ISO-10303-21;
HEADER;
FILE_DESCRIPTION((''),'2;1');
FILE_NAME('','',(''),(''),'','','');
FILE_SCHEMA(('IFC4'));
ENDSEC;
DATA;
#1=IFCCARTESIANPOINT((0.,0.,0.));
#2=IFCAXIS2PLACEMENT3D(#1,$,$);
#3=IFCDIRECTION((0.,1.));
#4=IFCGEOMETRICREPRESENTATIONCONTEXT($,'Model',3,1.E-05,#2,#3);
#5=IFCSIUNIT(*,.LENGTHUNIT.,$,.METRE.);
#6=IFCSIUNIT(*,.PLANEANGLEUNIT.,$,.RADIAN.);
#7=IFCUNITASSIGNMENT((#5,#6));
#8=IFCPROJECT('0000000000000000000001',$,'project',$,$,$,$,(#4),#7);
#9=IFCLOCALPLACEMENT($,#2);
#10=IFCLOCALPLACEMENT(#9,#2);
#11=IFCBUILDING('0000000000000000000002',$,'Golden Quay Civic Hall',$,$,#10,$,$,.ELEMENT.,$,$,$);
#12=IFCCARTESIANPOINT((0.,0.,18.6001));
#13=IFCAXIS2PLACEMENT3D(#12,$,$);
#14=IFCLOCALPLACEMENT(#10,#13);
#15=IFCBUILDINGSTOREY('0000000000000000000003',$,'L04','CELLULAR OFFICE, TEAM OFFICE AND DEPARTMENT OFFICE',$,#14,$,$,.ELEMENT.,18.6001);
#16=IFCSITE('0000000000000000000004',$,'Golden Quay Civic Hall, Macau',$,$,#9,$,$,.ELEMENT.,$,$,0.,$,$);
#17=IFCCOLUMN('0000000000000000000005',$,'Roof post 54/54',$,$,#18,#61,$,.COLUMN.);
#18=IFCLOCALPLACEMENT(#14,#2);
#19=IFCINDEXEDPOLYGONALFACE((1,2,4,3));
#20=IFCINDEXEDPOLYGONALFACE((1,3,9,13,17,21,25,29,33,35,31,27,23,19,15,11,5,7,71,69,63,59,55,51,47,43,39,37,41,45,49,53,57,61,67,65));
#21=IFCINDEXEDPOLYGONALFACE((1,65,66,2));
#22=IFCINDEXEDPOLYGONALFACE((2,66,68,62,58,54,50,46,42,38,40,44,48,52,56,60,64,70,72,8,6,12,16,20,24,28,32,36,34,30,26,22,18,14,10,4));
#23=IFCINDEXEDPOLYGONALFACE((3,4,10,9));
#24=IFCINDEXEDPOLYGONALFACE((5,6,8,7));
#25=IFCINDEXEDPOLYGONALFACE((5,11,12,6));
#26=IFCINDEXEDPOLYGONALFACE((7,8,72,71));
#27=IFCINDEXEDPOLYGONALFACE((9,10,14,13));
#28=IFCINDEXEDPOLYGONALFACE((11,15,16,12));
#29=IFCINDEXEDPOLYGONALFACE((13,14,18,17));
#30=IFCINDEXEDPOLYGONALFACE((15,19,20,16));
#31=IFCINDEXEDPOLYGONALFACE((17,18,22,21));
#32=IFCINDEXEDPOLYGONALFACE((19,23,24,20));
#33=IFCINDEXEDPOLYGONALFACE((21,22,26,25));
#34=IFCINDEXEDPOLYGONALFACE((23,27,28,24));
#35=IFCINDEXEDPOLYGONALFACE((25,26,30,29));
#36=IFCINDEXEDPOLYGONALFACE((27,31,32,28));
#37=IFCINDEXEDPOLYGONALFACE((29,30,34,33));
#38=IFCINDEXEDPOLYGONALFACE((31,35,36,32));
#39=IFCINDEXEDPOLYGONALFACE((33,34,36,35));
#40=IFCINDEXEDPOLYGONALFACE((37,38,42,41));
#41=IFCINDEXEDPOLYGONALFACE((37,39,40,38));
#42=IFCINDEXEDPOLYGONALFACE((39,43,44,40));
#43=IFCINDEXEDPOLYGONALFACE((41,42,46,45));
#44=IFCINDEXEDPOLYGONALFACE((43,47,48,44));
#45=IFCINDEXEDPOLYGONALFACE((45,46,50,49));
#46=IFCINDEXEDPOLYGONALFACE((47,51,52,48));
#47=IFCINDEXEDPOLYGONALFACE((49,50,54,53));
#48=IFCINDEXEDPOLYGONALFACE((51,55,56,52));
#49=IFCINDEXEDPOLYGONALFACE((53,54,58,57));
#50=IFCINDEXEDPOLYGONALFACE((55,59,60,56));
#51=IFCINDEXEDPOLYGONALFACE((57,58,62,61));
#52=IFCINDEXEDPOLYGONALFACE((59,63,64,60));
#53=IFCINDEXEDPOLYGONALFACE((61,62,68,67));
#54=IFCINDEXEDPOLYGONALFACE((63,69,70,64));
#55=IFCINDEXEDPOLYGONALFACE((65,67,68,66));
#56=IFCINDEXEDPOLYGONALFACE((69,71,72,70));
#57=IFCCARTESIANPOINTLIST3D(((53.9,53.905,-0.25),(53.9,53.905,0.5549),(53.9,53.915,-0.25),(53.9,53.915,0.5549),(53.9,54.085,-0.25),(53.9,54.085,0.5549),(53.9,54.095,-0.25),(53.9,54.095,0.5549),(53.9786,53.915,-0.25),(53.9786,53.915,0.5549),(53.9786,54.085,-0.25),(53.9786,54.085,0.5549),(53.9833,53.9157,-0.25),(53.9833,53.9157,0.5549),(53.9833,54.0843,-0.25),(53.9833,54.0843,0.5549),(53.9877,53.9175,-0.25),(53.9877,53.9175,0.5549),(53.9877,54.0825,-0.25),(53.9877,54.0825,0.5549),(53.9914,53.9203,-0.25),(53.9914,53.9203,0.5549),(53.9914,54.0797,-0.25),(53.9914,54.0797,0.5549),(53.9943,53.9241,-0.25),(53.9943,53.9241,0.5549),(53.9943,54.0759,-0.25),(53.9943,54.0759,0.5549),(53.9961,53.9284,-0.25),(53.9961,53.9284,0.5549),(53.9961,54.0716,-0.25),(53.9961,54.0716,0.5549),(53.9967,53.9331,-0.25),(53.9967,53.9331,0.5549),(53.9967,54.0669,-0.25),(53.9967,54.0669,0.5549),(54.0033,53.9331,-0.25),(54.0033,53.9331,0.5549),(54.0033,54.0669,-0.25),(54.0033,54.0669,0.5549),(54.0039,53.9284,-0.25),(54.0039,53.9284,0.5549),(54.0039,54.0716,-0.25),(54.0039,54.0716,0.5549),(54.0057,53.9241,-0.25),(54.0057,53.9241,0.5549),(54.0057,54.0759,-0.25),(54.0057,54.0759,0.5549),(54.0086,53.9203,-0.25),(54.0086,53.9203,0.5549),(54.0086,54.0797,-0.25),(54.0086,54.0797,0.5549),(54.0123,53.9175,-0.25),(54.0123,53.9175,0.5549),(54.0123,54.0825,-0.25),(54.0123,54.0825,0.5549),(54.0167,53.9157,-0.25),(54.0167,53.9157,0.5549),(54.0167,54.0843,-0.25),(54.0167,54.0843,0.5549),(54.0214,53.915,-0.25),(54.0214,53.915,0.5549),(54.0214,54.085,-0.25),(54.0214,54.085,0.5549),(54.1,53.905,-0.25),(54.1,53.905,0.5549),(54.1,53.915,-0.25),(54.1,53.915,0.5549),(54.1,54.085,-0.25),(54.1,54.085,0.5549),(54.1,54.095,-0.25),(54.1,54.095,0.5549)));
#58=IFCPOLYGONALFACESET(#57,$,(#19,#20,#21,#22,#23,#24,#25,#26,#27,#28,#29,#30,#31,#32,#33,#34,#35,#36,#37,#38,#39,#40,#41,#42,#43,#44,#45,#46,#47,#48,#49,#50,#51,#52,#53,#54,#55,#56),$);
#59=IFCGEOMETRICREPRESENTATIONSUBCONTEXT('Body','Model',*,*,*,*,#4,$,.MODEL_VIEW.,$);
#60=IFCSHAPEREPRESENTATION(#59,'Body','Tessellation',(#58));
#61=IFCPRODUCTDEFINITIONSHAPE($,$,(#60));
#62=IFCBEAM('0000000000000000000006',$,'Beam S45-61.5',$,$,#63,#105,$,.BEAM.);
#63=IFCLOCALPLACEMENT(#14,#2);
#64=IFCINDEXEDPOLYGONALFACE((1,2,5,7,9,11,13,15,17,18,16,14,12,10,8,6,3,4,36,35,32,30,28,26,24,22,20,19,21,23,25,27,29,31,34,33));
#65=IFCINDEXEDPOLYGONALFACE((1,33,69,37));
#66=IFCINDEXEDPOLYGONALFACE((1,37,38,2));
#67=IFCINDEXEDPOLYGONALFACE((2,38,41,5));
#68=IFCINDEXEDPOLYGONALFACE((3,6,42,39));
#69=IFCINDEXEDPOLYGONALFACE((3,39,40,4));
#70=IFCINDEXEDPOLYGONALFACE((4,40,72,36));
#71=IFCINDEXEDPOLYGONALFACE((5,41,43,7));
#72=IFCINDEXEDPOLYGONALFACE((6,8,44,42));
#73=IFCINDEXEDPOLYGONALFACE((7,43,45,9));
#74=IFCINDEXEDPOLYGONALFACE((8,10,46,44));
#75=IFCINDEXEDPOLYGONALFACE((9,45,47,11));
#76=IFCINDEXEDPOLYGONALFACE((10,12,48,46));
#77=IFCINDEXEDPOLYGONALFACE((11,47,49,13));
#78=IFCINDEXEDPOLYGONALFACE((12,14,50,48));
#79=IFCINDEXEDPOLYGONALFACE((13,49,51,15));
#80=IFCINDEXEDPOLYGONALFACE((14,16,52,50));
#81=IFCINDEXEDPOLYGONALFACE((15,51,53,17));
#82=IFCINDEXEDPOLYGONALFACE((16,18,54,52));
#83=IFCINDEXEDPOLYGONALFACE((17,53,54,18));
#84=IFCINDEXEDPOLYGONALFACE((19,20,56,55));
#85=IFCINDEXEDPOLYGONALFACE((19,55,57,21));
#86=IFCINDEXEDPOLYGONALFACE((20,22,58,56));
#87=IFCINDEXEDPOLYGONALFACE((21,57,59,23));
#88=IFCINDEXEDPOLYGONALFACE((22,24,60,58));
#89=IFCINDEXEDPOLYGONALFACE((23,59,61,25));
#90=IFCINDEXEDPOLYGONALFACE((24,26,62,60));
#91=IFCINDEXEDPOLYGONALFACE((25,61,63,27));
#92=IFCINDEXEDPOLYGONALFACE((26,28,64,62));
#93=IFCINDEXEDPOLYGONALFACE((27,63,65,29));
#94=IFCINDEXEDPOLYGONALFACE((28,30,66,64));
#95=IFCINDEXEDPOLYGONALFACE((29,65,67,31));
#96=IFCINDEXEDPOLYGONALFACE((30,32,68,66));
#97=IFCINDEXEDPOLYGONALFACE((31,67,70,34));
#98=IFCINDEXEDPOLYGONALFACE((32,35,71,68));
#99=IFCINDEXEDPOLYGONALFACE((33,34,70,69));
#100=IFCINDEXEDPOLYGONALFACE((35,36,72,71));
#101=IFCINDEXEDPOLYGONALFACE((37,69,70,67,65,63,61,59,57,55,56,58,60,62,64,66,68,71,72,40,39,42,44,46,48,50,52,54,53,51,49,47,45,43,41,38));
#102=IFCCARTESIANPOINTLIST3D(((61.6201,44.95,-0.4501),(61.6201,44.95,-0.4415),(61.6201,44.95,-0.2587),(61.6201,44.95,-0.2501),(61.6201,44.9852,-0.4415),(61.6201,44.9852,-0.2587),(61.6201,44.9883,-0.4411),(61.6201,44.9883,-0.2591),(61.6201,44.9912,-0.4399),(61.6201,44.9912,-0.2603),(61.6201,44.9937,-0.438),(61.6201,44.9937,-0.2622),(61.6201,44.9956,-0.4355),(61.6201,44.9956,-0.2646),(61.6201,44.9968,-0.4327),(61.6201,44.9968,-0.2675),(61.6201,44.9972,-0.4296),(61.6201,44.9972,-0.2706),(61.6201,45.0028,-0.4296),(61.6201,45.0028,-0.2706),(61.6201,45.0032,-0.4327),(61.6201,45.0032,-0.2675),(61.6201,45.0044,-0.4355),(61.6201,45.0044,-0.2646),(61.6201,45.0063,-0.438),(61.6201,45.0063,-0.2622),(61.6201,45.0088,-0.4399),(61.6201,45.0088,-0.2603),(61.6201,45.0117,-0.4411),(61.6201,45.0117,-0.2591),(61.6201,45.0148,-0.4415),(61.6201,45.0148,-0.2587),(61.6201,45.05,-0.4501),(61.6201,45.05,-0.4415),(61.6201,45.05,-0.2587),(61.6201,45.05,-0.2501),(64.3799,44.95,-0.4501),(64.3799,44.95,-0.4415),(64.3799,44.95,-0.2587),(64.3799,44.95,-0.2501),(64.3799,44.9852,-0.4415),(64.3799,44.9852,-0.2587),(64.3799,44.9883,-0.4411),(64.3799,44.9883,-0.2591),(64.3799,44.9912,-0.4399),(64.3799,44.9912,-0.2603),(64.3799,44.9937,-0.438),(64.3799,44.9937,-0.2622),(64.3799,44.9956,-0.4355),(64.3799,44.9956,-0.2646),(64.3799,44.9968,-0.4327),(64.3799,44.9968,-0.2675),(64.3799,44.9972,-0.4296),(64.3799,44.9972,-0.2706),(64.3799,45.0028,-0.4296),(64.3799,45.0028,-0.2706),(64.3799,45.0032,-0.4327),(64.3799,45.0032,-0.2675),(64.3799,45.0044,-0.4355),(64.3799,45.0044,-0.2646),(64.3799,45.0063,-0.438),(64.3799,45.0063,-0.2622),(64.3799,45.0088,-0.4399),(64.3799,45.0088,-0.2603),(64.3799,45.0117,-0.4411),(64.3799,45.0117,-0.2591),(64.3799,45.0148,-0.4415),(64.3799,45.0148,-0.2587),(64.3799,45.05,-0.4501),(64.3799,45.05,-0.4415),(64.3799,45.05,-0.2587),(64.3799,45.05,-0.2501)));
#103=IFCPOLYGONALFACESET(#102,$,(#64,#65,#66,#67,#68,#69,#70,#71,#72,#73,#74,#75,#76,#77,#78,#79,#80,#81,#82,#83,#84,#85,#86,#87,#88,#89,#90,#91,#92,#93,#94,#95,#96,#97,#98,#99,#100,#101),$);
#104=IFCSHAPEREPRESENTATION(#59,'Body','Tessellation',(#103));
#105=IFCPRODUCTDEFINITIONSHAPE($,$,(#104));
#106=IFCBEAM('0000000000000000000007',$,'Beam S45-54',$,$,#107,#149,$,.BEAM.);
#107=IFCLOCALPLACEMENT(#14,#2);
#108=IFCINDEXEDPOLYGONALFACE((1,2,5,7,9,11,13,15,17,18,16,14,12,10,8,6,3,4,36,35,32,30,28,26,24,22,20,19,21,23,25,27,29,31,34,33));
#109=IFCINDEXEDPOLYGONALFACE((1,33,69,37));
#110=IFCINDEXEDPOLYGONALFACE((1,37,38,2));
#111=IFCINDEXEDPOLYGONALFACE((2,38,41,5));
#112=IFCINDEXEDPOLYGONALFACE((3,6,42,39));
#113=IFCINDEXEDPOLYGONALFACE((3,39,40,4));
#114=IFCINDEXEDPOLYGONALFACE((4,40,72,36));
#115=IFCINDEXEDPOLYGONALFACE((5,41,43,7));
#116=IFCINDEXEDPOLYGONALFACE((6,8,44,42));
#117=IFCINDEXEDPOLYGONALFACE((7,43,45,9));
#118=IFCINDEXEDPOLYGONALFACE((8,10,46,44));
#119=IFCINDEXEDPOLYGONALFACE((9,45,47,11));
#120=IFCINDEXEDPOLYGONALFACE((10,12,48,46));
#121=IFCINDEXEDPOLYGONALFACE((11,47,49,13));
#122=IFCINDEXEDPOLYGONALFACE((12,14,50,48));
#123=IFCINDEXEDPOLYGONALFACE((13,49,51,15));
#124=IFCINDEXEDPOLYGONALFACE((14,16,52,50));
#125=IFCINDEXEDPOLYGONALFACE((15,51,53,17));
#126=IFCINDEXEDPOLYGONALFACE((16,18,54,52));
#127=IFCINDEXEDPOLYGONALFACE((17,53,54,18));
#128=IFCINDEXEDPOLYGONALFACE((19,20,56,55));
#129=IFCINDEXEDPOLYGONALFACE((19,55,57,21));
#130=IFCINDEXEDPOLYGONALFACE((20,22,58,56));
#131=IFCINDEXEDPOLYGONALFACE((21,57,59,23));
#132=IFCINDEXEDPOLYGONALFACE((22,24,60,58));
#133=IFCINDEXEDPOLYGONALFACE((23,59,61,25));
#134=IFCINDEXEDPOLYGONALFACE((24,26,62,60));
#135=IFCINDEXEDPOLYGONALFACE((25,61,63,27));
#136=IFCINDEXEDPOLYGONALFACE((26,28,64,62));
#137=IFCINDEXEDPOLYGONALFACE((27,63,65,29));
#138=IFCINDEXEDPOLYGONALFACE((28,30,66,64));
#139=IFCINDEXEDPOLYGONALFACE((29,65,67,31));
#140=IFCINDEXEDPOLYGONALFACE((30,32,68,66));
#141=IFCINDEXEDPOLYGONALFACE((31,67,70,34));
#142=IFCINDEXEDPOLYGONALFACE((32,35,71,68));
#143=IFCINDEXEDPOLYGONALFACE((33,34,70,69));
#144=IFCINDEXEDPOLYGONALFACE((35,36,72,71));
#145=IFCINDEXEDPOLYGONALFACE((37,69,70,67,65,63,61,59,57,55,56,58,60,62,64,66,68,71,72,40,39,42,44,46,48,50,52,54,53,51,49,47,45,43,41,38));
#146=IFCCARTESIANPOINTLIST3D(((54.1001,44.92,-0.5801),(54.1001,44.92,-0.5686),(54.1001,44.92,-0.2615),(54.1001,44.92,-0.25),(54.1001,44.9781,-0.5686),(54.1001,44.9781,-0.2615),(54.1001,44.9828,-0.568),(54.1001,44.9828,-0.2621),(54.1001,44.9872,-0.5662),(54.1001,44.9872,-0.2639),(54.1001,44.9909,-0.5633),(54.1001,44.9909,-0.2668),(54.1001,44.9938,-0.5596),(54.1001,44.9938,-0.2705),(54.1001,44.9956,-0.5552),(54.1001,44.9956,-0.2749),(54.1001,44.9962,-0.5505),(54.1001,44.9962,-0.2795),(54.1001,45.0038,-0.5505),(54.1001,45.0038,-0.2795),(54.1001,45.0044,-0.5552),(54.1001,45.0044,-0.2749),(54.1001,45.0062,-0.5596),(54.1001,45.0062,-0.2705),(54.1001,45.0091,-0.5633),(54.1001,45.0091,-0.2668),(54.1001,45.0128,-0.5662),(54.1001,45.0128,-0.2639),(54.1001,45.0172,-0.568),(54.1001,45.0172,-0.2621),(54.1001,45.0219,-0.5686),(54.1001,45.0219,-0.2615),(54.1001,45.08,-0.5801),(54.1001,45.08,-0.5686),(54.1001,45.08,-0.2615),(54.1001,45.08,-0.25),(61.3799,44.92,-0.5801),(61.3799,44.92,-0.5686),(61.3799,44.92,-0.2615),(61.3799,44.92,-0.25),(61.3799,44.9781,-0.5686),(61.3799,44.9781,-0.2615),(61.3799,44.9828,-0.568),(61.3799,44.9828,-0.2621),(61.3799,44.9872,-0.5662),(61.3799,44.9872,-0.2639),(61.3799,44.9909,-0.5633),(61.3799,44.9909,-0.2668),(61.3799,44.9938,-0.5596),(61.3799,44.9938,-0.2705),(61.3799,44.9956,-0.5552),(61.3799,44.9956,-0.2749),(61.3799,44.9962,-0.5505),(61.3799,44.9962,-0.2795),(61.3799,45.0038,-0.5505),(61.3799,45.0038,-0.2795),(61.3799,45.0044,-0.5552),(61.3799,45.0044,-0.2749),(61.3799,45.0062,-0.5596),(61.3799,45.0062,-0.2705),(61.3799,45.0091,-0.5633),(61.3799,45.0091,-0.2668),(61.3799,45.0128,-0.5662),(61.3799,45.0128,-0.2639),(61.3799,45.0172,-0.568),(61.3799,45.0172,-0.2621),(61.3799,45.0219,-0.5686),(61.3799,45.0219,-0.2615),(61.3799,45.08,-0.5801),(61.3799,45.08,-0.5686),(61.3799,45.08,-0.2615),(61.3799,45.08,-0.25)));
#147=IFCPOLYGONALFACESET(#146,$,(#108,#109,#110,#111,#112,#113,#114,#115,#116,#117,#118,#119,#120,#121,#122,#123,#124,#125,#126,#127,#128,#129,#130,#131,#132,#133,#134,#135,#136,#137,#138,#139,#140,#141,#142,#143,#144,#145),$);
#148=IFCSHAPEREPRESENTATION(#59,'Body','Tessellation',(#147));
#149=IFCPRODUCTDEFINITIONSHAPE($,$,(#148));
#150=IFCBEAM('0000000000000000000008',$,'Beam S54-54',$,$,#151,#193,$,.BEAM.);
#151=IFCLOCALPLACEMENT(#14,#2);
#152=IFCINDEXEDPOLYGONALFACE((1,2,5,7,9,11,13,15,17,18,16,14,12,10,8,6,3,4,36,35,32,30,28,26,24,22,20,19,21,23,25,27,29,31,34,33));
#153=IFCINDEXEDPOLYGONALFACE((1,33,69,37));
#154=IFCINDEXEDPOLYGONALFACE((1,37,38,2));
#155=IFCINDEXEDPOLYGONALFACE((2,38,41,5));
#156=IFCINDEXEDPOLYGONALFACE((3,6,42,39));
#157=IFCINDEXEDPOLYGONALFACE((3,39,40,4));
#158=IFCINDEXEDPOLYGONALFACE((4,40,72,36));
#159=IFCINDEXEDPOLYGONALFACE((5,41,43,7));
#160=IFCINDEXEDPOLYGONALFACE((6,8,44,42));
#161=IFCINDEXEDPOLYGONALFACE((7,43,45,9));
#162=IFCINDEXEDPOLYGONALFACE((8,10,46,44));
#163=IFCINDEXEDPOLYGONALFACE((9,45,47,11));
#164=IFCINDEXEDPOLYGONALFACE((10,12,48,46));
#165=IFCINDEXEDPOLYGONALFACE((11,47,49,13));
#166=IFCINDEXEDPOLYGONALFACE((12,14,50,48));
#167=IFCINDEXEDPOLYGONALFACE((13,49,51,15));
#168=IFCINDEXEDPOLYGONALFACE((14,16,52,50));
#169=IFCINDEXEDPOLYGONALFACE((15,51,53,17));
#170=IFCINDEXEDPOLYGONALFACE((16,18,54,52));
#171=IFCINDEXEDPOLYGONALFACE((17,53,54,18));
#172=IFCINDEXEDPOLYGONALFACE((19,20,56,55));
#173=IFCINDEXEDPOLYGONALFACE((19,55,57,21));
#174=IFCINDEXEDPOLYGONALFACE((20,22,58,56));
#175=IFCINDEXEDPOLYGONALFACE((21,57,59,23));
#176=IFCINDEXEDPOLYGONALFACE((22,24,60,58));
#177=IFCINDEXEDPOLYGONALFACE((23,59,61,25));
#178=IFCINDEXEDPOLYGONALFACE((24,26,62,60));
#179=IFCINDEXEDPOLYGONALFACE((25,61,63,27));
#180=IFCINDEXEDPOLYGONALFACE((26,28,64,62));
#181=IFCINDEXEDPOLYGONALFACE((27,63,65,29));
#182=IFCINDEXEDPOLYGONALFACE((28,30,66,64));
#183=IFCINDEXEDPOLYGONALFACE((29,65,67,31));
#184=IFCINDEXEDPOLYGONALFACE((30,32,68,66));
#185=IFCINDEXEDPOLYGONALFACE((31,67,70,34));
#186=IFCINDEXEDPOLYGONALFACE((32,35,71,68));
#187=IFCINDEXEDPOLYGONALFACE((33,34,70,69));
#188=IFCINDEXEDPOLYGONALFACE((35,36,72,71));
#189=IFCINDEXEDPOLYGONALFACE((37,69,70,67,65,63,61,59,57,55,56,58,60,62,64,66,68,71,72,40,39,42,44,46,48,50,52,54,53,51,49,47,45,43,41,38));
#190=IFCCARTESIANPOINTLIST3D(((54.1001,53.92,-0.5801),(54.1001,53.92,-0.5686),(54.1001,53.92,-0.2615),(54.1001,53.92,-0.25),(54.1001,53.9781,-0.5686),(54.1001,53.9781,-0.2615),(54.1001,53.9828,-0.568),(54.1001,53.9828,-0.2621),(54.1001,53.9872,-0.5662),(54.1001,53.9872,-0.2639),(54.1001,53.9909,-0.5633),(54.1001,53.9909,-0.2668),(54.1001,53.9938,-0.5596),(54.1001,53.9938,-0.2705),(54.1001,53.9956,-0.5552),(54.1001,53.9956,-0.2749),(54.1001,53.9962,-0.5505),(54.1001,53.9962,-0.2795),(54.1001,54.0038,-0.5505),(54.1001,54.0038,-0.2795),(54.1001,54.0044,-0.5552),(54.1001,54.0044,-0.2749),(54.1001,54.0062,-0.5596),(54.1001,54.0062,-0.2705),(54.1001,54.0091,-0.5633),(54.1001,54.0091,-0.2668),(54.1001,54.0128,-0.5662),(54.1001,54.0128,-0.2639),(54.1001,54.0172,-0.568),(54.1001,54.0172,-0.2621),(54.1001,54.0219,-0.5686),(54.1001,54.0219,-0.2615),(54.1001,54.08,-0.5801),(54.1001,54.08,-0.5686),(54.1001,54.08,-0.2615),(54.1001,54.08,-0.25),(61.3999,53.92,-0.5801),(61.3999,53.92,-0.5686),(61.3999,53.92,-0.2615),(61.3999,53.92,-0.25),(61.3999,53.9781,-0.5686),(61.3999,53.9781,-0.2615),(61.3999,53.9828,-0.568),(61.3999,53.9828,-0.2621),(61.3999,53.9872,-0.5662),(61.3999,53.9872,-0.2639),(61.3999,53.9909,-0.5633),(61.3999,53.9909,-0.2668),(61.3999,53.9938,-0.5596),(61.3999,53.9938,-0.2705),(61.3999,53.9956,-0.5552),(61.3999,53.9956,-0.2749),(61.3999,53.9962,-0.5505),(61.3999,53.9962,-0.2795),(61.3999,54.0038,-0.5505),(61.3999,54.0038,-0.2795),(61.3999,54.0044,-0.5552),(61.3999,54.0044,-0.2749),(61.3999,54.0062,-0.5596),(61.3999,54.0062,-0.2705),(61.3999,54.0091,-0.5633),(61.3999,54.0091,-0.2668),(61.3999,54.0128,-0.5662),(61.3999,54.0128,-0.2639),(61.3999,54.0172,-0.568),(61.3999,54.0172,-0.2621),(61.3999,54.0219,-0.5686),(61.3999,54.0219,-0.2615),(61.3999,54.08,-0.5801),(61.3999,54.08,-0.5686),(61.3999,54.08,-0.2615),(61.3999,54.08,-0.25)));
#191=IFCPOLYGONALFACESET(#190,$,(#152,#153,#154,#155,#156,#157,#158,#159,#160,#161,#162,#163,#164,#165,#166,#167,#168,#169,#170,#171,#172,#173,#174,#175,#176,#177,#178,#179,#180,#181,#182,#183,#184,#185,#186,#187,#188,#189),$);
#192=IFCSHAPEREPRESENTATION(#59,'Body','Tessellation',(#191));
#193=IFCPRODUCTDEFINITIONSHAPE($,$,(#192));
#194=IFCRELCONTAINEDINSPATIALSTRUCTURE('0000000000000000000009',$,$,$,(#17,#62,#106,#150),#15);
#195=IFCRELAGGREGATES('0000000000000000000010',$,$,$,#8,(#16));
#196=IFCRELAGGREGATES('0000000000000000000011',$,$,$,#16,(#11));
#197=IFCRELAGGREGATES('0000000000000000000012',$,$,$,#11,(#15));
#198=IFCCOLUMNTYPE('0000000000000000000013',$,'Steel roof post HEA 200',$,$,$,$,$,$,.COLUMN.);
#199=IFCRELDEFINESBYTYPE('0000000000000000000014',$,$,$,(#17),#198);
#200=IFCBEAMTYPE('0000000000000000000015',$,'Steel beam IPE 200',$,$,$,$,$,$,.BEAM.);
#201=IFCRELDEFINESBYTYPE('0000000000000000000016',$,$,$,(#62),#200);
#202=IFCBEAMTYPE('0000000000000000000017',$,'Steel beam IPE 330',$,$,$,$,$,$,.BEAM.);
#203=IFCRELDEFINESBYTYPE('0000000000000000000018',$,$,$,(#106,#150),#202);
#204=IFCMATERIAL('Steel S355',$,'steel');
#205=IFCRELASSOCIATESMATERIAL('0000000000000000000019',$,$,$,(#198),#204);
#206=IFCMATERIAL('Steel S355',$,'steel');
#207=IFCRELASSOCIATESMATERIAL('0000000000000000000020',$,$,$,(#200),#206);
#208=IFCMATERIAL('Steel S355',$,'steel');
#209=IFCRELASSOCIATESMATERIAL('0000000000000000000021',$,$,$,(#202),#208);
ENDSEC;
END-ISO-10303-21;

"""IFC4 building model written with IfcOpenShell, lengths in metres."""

from ifc_helpers import new_model, si_unit, direction, frame, origin, origin_2d, place, context, subcontext, project, spatial, i_section, extrude, material, material_profile, profile_set, type_object, element, save


model = new_model("IFC4")

# Units and contexts
model_context = context("Model", 3, precision=1e-05, world=origin(), true_north=direction((0.0, 1.0)))
body_context = subcontext(model_context, "Body", "Model", "MODEL_VIEW")
ifc_project = project(units=[si_unit("LENGTHUNIT", "METRE"), si_unit("PLANEANGLEUNIT", "RADIAN")], contexts=[model_context])

# Site, building, storey
site_placement = place(None, origin())
site = spatial("IfcSite", under=ifc_project, at=site_placement, Name="Golden Quay Civic Hall, Macau", CompositionType="ELEMENT", RefElevation=0.0)
building_placement = place(site_placement, origin())
building = spatial("IfcBuilding", under=site, at=building_placement, Name="Golden Quay Civic Hall", CompositionType="ELEMENT")
storey_placement = place(building_placement, frame((0.0, 0.0, 18.6001)))
storey = spatial("IfcBuildingStorey", under=building, at=storey_placement, Name="L04", Description="CELLULAR OFFICE, TEAM OFFICE AND DEPARTMENT OFFICE", CompositionType="ELEMENT", Elevation=18.6001)

# Column
ifc_material_1 = material(Name="Steel S355", Category="steel")
ifc_material_profile_1 = material_profile(ifc_material_1, i_section(OverallWidth=0.2, OverallDepth=0.1899, WebThickness=0.0066, FlangeThickness=0.01, FilletRadius=0.0181, at=origin_2d()), Name="HEA 200")
ifc_profile_set_1 = profile_set([ifc_material_profile_1], Name="Steel S355")
column_type = type_object("IfcColumnType", Name="Steel roof post HEA 200", PredefinedType="COLUMN", material=ifc_profile_set_1)
column_placement = place(storey_placement, frame((54.0, 54.0, -0.25), z_axis=(0.0, 0.0, 1.0), x_axis=(1.0, 0.0, 0.0)))
element("IfcColumn", 1, at=column_placement, inside=storey, type_object=column_type, Name="Roof post 54/54", PredefinedType="COLUMN", context=body_context, shape_type="SweptSolid", body=[
    extrude(i_section(OverallWidth=0.2, OverallDepth=0.1899, WebThickness=0.0066, FlangeThickness=0.01, FilletRadius=0.0181, at=origin_2d()), origin(), (0.0, 0.0, 1.0), 0.8049),
])

# Beams
ifc_material_2 = material(Name="Steel S355", Category="steel")
ifc_material_profile_2 = material_profile(ifc_material_2, i_section(OverallWidth=0.1001, OverallDepth=0.2, WebThickness=0.0056, FlangeThickness=0.0085, FilletRadius=0.012, at=origin_2d()), Name="IPE 200")
ifc_profile_set_2 = profile_set([ifc_material_profile_2], Name="Steel S355")
beam_type_1 = type_object("IfcBeamType", Name="Steel beam IPE 200", PredefinedType="BEAM", material=ifc_profile_set_2)
beam_1_placement = place(storey_placement, frame((61.6201, 45.0, -0.3501), z_axis=(1.0, 0.0, 0.0), x_axis=(0.0, 1.0, 0.0)))
element("IfcBeam", 2, at=beam_1_placement, inside=storey, type_object=beam_type_1, Name="Beam S45-61.5", PredefinedType="BEAM", context=body_context, shape_type="SweptSolid", body=[
    extrude(i_section(OverallWidth=0.1001, OverallDepth=0.2, WebThickness=0.0056, FlangeThickness=0.0085, FilletRadius=0.012, at=origin_2d()), origin(), (0.0, 0.0, 1.0), 2.7598),
])
ifc_material_3 = material(Name="Steel S355", Category="steel")
ifc_material_profile_3 = material_profile(ifc_material_3, i_section(OverallWidth=0.1599, OverallDepth=0.3301, WebThickness=0.0076, FlangeThickness=0.0115, FilletRadius=0.0181, at=origin_2d()), Name="IPE 330")
ifc_profile_set_3 = profile_set([ifc_material_profile_3], Name="Steel S355")
beam_type_2 = type_object("IfcBeamType", Name="Steel beam IPE 330", PredefinedType="BEAM", material=ifc_profile_set_3)
beam_2_placement = place(storey_placement, frame((54.1001, 45.0, -0.415), z_axis=(1.0, 0.0, 0.0), x_axis=(0.0, 1.0, 0.0)))
element("IfcBeam", 3, at=beam_2_placement, inside=storey, type_object=beam_type_2, Name="Beam S45-54", PredefinedType="BEAM", context=body_context, shape_type="SweptSolid", body=[
    extrude(i_section(OverallWidth=0.1599, OverallDepth=0.3301, WebThickness=0.0076, FlangeThickness=0.0115, FilletRadius=0.0181, at=origin_2d()), origin(), (0.0, 0.0, 1.0), 7.2798),
])
beam_3_placement = place(storey_placement, frame((54.1001, 54.0, -0.415), z_axis=(1.0, 0.0, 0.0), x_axis=(0.0, 1.0, 0.0)))
element("IfcBeam", 4, at=beam_3_placement, inside=storey, type_object=beam_type_2, Name="Beam S54-54", PredefinedType="BEAM", context=body_context, shape_type="SweptSolid", body=[
    extrude(i_section(OverallWidth=0.1599, OverallDepth=0.3301, WebThickness=0.0076, FlangeThickness=0.0115, FilletRadius=0.0181, at=origin_2d()), origin(), (0.0, 0.0, 1.0), 7.2998),
])

save(model, "model.ifc")
